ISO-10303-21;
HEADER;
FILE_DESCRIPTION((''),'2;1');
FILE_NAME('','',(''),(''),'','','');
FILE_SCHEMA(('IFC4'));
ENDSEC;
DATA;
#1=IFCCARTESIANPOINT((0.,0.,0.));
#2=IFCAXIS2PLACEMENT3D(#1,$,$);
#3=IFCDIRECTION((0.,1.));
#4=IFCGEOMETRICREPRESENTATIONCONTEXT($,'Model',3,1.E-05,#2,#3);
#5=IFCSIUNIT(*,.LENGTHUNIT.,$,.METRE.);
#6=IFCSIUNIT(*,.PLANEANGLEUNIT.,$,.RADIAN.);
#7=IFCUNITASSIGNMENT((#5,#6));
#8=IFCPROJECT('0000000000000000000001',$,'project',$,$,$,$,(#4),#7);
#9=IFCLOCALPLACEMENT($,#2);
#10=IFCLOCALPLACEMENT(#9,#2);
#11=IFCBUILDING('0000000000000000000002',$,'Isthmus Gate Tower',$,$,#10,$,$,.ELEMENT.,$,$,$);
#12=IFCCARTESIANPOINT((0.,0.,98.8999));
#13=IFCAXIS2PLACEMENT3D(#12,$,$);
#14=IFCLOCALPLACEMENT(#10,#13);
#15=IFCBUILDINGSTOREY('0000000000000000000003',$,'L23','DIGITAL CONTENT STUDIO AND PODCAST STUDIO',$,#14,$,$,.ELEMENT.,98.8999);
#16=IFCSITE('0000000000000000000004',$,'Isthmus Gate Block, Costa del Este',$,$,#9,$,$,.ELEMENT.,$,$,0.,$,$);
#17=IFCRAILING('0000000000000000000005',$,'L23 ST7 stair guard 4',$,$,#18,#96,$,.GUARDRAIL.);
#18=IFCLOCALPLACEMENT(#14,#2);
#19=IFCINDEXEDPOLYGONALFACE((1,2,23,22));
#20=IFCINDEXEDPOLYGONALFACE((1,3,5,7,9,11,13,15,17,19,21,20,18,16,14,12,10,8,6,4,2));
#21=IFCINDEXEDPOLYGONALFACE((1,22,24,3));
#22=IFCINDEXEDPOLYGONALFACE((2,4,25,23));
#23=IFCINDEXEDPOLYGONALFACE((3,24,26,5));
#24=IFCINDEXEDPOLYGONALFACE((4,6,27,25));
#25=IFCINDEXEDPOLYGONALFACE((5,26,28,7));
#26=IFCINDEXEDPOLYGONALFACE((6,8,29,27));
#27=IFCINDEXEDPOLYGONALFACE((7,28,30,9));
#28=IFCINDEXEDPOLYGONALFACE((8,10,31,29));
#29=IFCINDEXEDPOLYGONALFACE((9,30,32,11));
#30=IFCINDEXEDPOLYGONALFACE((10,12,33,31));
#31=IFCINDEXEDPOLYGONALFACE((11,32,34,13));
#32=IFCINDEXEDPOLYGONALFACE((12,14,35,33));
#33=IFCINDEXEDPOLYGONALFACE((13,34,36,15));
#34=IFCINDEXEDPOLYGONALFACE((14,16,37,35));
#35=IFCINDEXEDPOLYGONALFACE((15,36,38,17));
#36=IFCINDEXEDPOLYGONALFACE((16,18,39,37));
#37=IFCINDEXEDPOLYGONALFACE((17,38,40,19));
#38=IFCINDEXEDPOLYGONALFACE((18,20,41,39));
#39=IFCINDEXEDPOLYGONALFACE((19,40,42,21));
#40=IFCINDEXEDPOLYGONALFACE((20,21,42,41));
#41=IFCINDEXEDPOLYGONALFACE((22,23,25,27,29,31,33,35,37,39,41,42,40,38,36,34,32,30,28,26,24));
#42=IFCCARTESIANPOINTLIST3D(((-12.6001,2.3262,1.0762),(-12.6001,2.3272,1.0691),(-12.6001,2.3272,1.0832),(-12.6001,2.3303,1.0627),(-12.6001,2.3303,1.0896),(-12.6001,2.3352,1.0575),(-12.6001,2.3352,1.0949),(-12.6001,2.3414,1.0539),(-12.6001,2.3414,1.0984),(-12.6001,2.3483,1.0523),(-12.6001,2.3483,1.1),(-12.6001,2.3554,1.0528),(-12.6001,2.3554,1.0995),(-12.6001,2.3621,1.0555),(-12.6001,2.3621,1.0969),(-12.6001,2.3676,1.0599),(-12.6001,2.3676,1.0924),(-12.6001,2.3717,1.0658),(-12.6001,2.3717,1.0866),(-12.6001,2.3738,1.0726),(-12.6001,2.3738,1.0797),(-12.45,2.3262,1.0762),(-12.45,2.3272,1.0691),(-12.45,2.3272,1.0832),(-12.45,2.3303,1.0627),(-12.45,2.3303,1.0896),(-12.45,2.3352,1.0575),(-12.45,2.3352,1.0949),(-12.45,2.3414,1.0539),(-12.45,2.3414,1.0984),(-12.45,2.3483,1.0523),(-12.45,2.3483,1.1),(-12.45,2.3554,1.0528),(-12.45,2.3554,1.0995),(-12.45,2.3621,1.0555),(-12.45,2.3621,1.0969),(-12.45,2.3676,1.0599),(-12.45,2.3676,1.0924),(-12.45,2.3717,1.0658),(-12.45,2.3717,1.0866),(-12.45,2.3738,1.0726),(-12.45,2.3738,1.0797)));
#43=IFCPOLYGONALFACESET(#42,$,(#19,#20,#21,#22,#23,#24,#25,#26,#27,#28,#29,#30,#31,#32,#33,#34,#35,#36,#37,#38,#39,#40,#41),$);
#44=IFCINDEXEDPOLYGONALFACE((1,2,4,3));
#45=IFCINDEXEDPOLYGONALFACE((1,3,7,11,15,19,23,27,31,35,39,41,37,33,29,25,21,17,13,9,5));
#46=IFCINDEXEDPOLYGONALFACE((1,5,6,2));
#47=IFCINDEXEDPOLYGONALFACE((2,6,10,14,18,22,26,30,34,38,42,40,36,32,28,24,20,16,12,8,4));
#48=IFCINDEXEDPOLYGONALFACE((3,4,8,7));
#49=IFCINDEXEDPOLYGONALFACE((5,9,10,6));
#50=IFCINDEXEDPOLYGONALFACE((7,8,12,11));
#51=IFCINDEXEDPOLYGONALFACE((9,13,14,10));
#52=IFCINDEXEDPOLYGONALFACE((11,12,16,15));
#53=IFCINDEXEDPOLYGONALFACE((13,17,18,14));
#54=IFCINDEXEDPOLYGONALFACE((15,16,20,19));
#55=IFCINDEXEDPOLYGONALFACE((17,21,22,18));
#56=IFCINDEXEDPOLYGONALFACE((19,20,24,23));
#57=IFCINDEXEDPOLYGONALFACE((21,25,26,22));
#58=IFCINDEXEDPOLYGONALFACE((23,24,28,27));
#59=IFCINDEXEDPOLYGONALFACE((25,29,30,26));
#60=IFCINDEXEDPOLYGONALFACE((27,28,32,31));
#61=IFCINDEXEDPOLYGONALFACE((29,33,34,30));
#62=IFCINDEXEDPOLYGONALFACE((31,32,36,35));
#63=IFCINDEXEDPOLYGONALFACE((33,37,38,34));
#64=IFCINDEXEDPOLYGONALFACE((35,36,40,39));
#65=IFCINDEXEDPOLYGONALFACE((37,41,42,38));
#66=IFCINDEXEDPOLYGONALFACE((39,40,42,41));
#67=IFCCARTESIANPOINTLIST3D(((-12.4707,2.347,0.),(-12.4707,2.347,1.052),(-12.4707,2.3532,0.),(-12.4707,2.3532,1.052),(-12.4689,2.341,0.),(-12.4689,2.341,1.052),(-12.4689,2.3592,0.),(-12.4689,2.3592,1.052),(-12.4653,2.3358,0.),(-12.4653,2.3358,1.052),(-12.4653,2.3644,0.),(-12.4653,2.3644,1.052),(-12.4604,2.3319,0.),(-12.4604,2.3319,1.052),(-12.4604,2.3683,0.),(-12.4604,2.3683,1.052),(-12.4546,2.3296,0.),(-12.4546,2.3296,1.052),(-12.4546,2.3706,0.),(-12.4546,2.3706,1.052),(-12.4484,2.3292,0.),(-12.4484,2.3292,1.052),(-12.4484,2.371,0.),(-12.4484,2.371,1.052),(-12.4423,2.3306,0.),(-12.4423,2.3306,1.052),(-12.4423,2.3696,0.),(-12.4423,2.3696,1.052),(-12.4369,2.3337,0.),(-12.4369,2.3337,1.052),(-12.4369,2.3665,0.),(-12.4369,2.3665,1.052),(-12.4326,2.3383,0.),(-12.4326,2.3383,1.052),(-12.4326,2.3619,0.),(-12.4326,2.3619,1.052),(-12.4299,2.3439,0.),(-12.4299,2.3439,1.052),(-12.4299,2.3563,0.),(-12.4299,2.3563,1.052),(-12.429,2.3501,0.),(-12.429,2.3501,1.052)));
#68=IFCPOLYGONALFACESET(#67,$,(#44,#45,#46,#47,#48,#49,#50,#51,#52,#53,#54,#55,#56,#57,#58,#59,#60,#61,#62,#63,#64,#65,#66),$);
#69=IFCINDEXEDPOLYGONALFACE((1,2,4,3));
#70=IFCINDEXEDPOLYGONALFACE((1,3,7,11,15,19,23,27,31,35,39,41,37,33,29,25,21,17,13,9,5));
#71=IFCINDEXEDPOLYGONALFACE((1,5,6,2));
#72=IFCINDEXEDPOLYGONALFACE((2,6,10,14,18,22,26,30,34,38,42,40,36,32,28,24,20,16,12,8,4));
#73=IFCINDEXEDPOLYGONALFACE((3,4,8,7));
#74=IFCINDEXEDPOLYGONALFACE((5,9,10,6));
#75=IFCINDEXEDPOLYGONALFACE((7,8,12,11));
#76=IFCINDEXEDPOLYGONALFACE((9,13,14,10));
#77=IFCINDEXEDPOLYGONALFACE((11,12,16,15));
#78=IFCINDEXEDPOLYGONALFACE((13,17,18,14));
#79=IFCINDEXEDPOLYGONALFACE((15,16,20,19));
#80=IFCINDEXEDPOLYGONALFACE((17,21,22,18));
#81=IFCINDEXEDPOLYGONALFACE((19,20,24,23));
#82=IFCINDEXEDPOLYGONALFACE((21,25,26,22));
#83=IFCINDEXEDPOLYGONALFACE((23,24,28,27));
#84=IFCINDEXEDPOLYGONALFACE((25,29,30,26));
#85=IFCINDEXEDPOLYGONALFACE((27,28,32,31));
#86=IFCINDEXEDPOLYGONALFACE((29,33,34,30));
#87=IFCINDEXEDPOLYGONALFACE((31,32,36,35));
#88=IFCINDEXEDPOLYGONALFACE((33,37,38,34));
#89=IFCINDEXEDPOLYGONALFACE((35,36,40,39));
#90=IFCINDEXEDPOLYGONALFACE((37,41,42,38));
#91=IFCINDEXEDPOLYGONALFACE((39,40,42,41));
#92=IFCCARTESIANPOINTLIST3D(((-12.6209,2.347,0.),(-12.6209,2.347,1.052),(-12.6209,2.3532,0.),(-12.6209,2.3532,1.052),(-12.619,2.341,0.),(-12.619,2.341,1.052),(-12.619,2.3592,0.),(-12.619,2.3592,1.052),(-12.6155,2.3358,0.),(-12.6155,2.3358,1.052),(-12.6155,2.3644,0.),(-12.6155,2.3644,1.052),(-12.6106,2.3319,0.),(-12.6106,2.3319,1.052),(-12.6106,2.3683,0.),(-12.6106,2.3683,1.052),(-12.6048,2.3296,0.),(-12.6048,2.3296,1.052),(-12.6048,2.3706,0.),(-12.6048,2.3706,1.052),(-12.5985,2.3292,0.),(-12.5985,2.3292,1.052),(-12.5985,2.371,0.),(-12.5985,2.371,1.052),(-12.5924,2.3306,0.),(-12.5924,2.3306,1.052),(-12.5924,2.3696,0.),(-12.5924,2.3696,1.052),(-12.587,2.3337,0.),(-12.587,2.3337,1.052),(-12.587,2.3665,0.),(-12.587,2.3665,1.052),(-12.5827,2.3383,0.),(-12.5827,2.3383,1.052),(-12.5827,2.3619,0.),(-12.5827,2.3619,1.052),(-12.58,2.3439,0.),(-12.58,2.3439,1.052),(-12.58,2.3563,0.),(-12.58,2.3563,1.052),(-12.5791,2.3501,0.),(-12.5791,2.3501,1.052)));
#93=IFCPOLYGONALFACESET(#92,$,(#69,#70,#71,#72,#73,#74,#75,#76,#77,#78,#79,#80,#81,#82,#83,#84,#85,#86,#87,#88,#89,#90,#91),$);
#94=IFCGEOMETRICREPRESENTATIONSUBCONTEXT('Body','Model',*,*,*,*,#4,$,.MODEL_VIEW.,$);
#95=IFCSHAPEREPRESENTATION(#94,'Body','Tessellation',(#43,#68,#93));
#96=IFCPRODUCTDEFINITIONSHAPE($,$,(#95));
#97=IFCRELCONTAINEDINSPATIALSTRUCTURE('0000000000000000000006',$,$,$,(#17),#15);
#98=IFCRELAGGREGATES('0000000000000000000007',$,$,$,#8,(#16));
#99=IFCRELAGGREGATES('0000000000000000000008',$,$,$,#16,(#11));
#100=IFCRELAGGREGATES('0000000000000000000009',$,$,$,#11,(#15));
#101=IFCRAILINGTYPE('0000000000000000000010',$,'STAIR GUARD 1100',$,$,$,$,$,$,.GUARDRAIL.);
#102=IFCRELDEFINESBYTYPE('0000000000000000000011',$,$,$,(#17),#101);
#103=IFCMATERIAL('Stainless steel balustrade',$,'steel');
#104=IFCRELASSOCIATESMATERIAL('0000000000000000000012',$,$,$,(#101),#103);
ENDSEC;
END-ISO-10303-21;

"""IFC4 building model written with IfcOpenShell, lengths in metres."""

from ifc_helpers import new_model, si_unit, direction, frame, origin, origin_2d, place, context, subcontext, project, spatial, circle, extrude, material, type_object, element, save


model = new_model("IFC4")

# Units and contexts
model_context = context("Model", 3, precision=1e-05, world=origin(), true_north=direction((0.0, 1.0)))
body_context = subcontext(model_context, "Body", "Model", "MODEL_VIEW")
ifc_project = project(units=[si_unit("LENGTHUNIT", "METRE"), si_unit("PLANEANGLEUNIT", "RADIAN")], contexts=[model_context])

# Site, building, storey
site_placement = place(None, origin())
site = spatial("IfcSite", under=ifc_project, at=site_placement, Name="Isthmus Gate Block, Costa del Este", CompositionType="ELEMENT", RefElevation=0.0)
building_placement = place(site_placement, origin())
building = spatial("IfcBuilding", under=site, at=building_placement, Name="Isthmus Gate Tower", CompositionType="ELEMENT")
storey_placement = place(building_placement, frame((0.0, 0.0, 98.8999)))
storey = spatial("IfcBuildingStorey", under=building, at=storey_placement, Name="L23", Description="DIGITAL CONTENT STUDIO AND PODCAST STUDIO", CompositionType="ELEMENT", Elevation=98.8999)

# Railing
ifc_material_1 = material(Name="Stainless steel balustrade", Category="steel")
railing_type_1 = type_object("IfcRailingType", Name="STAIR GUARD 1100", PredefinedType="GUARDRAIL", material=ifc_material_1)
railing_1_placement = place(storey_placement, frame((-12.45, 2.3501, 0.0)))
element("IfcRailing", 1, at=railing_1_placement, inside=storey, type_object=railing_type_1, Name="L23 ST7 stair guard 4", PredefinedType="GUARDRAIL", context=body_context, shape_type="SweptSolid", body=[
    extrude(circle(Radius=0.0239, at=origin_2d()), frame((0.0, 0.0, 1.0762), z_axis=(-1.0, 0.0, 0.0), x_axis=(0.0, -1.0, 0.0)), (0.0, 0.0, 1.0), 0.1501),
    extrude(circle(Radius=0.021, at=origin_2d()), origin(), (0.0, 0.0, 1.0), 1.052),
    extrude(circle(Radius=0.021, at=origin_2d()), frame((-0.1501, 0.0, 0.0)), (0.0, 0.0, 1.0), 1.052),
])

save(model, "model.ifc")
